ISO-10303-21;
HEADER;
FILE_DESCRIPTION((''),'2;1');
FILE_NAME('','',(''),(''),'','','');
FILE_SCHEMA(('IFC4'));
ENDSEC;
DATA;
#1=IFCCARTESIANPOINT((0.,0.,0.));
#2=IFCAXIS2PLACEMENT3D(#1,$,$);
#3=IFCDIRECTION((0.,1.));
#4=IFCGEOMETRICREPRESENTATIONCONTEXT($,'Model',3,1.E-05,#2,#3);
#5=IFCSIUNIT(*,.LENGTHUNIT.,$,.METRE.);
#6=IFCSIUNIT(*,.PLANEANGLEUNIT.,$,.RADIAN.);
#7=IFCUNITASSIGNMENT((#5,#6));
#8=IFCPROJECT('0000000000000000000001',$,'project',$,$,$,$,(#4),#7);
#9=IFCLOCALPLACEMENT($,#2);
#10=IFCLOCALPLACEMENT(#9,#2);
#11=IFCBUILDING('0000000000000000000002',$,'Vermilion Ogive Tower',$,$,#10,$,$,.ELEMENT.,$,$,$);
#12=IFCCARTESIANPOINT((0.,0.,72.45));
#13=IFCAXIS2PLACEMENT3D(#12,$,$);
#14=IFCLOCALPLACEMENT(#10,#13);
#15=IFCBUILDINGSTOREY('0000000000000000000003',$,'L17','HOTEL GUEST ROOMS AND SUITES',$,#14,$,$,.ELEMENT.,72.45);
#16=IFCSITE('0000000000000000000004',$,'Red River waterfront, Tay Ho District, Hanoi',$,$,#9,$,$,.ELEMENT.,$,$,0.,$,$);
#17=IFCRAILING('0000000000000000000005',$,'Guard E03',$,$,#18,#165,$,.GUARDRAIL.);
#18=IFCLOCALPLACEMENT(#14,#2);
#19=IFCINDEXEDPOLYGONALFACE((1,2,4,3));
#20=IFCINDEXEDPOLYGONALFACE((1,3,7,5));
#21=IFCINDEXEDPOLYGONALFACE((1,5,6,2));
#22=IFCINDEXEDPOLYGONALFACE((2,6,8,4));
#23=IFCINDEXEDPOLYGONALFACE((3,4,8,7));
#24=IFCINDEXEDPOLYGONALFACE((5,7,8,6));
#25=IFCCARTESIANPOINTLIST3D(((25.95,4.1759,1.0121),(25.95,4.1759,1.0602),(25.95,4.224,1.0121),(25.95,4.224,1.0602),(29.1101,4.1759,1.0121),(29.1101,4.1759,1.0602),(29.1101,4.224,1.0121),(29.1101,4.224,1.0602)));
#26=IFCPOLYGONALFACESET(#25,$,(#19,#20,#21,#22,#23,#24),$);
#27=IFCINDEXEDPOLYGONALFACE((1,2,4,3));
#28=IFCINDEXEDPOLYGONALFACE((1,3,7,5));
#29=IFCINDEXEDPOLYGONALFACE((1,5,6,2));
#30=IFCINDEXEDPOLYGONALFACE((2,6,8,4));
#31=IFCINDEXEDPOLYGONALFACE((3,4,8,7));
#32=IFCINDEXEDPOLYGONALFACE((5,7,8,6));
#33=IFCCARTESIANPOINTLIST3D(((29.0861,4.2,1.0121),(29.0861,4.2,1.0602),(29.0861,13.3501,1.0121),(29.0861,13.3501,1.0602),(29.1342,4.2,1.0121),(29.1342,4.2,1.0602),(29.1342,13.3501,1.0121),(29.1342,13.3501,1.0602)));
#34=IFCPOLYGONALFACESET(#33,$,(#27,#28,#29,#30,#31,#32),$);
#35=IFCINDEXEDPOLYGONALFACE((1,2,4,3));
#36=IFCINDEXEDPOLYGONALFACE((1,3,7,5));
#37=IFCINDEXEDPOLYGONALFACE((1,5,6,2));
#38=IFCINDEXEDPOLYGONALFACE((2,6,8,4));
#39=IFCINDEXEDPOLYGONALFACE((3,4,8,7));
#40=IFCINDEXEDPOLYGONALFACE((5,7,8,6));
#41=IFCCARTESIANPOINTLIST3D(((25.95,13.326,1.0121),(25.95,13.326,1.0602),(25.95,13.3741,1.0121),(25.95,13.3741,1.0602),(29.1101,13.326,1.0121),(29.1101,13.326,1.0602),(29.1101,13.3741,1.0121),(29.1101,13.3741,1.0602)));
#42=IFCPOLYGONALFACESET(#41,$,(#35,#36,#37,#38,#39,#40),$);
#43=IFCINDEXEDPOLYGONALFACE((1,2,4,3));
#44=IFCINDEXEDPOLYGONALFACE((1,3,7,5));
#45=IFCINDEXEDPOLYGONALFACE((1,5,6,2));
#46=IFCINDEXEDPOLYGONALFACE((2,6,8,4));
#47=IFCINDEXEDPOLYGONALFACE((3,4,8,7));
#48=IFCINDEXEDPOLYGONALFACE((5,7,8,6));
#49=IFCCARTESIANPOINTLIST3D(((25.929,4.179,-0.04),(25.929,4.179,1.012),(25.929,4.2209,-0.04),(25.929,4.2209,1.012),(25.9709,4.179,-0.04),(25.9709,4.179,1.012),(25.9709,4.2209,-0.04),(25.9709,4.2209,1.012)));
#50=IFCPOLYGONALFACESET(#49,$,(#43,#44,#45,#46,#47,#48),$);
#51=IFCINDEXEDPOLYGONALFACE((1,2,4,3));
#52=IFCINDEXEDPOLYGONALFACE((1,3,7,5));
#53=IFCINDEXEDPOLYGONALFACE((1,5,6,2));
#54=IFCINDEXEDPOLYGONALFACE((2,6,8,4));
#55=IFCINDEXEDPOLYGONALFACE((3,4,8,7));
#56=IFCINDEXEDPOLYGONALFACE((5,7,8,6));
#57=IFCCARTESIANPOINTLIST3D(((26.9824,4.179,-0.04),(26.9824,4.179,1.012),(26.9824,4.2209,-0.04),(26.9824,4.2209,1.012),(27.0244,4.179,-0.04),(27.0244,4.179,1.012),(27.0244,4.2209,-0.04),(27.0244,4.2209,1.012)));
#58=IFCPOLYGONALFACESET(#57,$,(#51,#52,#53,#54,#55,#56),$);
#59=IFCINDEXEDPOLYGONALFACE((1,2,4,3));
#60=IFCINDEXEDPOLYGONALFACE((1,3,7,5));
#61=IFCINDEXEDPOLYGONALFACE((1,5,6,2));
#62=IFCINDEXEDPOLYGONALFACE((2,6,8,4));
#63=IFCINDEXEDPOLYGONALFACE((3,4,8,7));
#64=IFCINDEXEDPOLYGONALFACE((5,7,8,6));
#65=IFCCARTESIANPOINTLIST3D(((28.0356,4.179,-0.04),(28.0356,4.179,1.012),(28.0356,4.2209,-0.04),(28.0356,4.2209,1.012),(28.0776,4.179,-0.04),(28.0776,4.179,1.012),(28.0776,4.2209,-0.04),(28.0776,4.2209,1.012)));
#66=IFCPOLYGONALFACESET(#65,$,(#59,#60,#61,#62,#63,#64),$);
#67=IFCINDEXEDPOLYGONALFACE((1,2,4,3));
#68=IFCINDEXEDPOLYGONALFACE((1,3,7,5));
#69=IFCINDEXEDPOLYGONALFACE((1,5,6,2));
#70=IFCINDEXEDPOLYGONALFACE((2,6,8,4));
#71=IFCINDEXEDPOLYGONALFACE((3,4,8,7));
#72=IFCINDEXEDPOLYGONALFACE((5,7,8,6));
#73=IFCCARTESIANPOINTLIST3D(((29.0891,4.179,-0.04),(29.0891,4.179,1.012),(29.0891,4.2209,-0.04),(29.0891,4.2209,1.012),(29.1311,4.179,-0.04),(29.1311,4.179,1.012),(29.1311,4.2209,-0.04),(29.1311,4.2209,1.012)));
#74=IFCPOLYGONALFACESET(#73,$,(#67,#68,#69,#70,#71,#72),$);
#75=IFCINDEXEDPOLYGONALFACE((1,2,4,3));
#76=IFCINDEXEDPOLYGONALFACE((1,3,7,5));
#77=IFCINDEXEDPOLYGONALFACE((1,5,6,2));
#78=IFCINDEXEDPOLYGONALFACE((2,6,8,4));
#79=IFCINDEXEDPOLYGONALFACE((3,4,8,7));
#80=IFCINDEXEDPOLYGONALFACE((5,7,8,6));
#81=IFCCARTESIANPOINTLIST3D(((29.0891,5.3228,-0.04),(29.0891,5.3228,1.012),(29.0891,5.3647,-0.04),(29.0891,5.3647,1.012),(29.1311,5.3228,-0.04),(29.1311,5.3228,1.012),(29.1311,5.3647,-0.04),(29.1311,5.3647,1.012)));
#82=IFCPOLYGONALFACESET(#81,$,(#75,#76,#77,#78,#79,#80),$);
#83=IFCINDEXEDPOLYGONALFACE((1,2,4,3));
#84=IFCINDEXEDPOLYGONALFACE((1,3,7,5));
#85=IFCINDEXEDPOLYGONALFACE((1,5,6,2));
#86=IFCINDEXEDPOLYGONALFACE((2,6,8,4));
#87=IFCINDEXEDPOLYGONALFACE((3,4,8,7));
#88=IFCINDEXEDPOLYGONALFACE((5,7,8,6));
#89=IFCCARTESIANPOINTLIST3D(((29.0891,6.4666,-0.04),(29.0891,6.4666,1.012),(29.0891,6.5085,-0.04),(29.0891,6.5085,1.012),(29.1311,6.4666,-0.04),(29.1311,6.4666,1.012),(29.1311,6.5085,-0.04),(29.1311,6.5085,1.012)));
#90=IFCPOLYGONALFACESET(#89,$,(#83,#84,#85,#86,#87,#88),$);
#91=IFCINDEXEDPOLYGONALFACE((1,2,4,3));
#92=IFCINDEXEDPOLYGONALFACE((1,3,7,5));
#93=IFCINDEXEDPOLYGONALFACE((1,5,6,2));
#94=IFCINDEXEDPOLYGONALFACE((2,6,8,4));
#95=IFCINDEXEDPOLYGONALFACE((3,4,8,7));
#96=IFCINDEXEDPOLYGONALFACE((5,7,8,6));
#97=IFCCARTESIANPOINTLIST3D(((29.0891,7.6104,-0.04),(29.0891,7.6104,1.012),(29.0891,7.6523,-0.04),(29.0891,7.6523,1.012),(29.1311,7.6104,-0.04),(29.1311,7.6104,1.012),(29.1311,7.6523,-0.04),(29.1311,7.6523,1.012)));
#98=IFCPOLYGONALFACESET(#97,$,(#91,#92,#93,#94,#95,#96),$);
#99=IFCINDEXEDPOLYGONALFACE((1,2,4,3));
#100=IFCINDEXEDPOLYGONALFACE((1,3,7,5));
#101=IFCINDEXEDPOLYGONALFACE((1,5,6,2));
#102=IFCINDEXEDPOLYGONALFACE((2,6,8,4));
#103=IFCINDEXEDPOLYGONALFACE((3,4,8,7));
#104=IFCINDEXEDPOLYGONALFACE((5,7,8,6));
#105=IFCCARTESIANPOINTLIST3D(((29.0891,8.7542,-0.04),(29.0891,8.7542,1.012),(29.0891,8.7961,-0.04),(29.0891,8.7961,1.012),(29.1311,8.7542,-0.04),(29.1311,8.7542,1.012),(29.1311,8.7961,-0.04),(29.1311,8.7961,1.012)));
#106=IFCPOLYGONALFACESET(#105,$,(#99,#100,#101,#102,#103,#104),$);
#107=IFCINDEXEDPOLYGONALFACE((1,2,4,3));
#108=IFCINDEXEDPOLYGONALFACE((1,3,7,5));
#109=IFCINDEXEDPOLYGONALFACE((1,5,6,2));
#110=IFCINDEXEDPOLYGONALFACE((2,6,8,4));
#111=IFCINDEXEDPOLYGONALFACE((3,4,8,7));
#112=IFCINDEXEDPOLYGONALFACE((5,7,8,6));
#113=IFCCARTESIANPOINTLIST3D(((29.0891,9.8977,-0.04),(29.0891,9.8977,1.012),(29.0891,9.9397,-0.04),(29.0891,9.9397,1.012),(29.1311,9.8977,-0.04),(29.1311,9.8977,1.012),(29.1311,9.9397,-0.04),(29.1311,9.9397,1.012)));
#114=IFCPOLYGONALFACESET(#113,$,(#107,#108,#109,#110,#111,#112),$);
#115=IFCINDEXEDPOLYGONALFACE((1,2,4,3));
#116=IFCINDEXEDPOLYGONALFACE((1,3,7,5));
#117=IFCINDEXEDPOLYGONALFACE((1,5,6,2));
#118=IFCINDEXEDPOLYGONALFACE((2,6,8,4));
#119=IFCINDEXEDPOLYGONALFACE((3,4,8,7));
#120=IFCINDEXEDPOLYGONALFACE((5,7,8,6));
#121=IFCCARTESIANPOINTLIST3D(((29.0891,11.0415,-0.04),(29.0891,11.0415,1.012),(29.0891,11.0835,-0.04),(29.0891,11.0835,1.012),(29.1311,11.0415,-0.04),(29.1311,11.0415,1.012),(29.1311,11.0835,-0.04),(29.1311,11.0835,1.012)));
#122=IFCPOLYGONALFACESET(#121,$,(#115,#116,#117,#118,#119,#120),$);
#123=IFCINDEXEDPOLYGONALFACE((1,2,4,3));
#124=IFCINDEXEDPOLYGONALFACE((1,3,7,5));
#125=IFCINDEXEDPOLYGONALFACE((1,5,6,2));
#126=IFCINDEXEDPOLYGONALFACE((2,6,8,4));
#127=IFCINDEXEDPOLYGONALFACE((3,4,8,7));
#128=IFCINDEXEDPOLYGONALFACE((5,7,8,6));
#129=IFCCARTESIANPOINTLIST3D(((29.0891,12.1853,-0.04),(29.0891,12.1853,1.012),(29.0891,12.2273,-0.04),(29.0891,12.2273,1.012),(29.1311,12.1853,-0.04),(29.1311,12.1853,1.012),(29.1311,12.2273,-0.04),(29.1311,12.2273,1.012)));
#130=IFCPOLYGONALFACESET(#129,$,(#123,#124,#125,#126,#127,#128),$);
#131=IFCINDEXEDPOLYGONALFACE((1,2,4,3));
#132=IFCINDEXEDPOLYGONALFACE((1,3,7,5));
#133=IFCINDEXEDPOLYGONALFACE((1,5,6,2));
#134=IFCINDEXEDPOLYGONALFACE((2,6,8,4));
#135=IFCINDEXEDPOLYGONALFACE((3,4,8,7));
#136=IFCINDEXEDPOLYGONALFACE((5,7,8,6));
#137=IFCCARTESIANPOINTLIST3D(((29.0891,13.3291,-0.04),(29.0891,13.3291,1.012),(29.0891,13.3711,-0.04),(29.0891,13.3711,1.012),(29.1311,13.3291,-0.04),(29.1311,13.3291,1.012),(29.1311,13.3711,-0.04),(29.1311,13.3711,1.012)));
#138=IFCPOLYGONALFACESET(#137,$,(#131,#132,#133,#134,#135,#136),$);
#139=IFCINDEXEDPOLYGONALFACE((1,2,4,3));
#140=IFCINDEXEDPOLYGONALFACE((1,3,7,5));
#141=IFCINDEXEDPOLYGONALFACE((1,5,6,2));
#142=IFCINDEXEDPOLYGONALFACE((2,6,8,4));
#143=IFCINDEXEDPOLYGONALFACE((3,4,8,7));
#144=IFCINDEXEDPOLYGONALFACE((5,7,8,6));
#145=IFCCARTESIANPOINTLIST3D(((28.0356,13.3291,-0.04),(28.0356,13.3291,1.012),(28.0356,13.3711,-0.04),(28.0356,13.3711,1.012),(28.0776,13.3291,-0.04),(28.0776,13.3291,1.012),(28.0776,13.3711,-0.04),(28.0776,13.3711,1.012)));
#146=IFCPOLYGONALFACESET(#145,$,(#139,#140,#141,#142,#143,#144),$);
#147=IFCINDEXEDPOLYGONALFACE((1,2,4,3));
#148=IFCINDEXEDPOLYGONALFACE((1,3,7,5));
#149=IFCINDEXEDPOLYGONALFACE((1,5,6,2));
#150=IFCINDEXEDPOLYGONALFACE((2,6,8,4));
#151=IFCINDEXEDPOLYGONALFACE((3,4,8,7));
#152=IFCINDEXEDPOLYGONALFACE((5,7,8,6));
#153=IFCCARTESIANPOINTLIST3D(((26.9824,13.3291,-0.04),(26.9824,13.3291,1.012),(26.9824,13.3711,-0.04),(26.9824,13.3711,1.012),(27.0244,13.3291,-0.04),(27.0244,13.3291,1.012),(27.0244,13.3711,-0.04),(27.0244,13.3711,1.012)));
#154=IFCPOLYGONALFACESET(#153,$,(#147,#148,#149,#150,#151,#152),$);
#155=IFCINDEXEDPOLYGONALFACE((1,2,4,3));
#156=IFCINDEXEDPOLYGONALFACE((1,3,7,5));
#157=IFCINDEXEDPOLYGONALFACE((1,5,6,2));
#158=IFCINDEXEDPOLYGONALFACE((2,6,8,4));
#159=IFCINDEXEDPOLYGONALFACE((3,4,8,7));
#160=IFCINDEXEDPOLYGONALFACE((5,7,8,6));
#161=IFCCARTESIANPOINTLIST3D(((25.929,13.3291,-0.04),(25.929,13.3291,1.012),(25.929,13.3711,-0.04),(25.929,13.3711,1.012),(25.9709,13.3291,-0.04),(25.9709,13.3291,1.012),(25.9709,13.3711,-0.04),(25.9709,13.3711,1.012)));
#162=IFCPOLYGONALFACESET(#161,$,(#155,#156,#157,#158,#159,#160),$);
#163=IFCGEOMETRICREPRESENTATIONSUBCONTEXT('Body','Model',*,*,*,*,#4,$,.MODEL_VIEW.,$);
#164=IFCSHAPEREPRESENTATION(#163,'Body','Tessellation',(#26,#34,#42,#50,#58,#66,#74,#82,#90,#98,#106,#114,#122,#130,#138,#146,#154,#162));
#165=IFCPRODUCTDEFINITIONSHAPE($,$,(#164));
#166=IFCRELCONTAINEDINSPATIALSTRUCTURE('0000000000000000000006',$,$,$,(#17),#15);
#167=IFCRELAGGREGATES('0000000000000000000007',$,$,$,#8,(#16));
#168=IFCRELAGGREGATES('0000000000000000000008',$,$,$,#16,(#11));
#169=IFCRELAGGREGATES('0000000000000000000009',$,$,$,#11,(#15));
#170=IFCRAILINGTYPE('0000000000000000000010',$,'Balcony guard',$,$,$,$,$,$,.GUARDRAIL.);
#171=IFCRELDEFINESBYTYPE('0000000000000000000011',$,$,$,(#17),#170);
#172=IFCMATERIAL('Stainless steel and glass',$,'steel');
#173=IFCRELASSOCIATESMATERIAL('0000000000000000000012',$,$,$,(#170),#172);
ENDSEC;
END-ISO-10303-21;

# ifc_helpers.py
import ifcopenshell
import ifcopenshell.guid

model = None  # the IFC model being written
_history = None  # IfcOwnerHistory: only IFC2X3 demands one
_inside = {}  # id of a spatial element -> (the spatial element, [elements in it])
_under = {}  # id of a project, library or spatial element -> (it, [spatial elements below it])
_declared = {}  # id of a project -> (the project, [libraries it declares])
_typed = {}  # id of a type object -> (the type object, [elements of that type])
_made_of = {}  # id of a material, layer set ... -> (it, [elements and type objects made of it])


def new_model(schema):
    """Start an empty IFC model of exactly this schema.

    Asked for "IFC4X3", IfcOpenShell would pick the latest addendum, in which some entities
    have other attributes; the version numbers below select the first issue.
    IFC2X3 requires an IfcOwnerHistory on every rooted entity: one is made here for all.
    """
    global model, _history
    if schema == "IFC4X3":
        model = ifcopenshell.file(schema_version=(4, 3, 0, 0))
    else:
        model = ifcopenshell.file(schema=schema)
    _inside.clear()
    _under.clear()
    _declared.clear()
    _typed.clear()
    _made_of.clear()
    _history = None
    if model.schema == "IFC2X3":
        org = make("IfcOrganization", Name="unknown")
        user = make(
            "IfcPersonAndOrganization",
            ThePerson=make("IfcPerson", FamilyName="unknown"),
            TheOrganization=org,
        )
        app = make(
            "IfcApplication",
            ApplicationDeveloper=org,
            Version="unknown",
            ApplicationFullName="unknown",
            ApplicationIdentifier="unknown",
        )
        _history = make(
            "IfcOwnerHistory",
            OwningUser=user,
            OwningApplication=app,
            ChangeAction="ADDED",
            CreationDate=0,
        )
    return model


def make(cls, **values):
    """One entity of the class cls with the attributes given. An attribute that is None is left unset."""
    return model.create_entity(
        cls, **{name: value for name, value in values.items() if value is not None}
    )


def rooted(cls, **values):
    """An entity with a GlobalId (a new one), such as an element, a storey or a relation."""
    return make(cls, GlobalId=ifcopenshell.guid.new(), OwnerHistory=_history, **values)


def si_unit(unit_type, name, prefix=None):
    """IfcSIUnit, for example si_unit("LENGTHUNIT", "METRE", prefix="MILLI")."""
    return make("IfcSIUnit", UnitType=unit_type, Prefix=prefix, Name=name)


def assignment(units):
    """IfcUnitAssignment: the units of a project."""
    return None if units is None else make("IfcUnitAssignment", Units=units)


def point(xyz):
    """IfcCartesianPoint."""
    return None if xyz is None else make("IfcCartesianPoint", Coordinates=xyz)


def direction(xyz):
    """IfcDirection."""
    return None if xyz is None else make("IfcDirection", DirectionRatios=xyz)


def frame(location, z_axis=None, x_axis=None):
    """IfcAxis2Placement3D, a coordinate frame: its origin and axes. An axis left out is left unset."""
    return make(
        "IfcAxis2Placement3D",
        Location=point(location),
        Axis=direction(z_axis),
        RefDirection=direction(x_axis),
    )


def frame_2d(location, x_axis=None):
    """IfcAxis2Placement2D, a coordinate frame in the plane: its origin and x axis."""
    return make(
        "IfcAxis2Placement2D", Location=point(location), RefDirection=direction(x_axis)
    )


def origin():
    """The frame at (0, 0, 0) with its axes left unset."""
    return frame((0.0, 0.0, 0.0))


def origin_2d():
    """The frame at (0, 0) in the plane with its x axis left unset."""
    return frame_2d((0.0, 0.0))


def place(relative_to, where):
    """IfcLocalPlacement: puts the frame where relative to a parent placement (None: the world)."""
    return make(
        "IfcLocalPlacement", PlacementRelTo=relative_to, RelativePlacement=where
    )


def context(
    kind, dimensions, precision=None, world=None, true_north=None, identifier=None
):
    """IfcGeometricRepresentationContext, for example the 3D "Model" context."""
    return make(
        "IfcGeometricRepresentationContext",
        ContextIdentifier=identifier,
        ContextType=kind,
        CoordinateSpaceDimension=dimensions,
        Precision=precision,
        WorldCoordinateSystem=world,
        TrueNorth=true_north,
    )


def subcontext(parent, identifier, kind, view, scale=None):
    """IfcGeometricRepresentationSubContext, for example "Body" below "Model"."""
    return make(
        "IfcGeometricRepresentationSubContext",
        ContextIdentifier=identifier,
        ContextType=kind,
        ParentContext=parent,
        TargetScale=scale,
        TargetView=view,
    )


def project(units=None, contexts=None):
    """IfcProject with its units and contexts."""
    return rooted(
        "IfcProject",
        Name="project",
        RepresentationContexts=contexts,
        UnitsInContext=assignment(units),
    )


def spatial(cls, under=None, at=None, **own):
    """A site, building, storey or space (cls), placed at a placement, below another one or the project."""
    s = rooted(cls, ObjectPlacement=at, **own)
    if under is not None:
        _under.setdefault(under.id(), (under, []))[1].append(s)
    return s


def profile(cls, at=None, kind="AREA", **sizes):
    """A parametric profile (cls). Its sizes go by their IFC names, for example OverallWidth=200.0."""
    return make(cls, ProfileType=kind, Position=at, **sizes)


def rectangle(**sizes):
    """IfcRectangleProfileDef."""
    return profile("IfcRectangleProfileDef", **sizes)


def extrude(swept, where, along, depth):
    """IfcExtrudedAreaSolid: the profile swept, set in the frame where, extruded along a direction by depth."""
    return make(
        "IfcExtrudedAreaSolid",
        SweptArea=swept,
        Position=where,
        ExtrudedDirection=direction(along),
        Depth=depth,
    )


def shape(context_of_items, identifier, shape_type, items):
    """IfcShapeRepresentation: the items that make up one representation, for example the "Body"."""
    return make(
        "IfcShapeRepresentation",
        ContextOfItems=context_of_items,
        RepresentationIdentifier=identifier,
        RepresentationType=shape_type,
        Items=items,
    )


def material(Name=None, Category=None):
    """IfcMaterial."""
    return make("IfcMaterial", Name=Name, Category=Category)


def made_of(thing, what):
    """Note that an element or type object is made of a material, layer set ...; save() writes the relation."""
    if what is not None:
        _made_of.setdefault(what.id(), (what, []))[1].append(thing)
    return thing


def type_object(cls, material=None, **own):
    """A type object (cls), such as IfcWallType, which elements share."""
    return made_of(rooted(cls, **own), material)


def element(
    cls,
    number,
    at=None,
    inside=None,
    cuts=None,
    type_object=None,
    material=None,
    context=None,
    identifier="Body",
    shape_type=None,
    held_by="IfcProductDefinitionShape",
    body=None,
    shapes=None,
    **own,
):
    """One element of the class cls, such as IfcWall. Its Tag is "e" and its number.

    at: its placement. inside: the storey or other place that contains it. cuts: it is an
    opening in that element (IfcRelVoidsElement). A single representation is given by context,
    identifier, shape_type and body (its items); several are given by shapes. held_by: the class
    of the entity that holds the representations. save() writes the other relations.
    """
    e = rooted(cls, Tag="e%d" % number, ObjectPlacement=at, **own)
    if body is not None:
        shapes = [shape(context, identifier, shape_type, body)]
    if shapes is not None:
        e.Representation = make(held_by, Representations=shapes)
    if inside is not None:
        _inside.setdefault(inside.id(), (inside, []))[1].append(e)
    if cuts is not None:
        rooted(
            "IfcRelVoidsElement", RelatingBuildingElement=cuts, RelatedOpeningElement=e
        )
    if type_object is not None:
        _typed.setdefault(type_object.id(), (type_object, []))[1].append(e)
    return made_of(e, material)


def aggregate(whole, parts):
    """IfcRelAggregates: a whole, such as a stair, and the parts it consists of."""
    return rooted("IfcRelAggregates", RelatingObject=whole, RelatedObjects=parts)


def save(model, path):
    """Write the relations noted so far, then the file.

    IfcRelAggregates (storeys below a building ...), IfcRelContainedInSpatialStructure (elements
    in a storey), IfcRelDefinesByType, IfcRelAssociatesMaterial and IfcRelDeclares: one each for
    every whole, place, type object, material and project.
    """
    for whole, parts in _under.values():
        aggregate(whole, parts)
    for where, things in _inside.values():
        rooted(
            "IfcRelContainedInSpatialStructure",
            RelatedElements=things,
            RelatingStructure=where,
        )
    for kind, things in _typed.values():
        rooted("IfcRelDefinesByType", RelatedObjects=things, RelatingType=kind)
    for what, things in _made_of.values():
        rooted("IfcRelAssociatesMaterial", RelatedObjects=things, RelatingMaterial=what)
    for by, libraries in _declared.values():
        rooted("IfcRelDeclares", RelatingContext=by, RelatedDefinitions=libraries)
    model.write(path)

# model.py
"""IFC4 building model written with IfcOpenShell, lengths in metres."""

from ifc_helpers import new_model, si_unit, direction, frame, origin, origin_2d, place, context, subcontext, project, spatial, rectangle, extrude, material, type_object, element, save


model = new_model("IFC4")

# Units and contexts
model_context = context("Model", 3, precision=1e-05, world=origin(), true_north=direction((0.0, 1.0)))
body_context = subcontext(model_context, "Body", "Model", "MODEL_VIEW")
ifc_project = project(units=[si_unit("LENGTHUNIT", "METRE"), si_unit("PLANEANGLEUNIT", "RADIAN")], contexts=[model_context])

# Site, building, storey
site_placement = place(None, origin())
site = spatial("IfcSite", under=ifc_project, at=site_placement, Name="Red River waterfront, Tay Ho District, Hanoi", CompositionType="ELEMENT", RefElevation=0.0)
building_placement = place(site_placement, origin())
building = spatial("IfcBuilding", under=site, at=building_placement, Name="Vermilion Ogive Tower", CompositionType="ELEMENT")
storey_placement = place(building_placement, frame((0.0, 0.0, 72.45)))
storey = spatial("IfcBuildingStorey", under=building, at=storey_placement, Name="L17", Description="HOTEL GUEST ROOMS AND SUITES", CompositionType="ELEMENT", Elevation=72.45)

# Railing
ifc_material_1 = material(Name="Stainless steel and glass", Category="steel")
railing_type_1 = type_object("IfcRailingType", Name="Balcony guard", PredefinedType="GUARDRAIL", material=ifc_material_1)
railing_1_placement = place(storey_placement, frame((25.95, 4.2, -0.04)))
element("IfcRailing", 1, at=railing_1_placement, inside=storey, type_object=railing_type_1, Name="Guard E03", PredefinedType="GUARDRAIL", context=body_context, shape_type="SweptSolid", body=[
    extrude(rectangle(XDim=0.0481, YDim=0.0481, at=origin_2d()), frame((0.0, 0.0, 1.0762), z_axis=(1.0, 0.0, 0.0), x_axis=(0.0, 1.0, 0.0)), (0.0, 0.0, 1.0), 3.1602),
    extrude(rectangle(XDim=0.0481, YDim=0.0481, at=origin_2d()), frame((3.1602, 0.0, 1.0762), z_axis=(0.0, 1.0, 0.0), x_axis=(-1.0, 0.0, 0.0)), (0.0, 0.0, 1.0), 9.1501),
    extrude(rectangle(XDim=0.0481, YDim=0.0481, at=origin_2d()), frame((3.1602, 9.1501, 1.0762), z_axis=(-1.0, 0.0, 0.0), x_axis=(0.0, -1.0, 0.0)), (0.0, 0.0, 1.0), 3.1602),
    extrude(rectangle(XDim=0.042, YDim=0.042, at=origin_2d()), origin(), (0.0, 0.0, 1.0), 1.052),
    extrude(rectangle(XDim=0.042, YDim=0.042, at=origin_2d()), frame((1.0535, 0.0, 0.0)), (0.0, 0.0, 1.0), 1.052),
    extrude(rectangle(XDim=0.042, YDim=0.042, at=origin_2d()), frame((2.1067, 0.0, 0.0)), (0.0, 0.0, 1.0), 1.052),
    extrude(rectangle(XDim=0.042, YDim=0.042, at=origin_2d()), frame((3.1602, 0.0, 0.0)), (0.0, 0.0, 1.0), 1.052),
    extrude(rectangle(XDim=0.042, YDim=0.042, at=origin_2d()), frame((3.1602, 1.1438, 0.0)), (0.0, 0.0, 1.0), 1.052),
    extrude(rectangle(XDim=0.042, YDim=0.042, at=origin_2d()), frame((3.1602, 2.2876, 0.0)), (0.0, 0.0, 1.0), 1.052),
    extrude(rectangle(XDim=0.042, YDim=0.042, at=origin_2d()), frame((3.1602, 3.4314, 0.0)), (0.0, 0.0, 1.0), 1.052),
    extrude(rectangle(XDim=0.042, YDim=0.042, at=origin_2d()), frame((3.1602, 4.5752, 0.0)), (0.0, 0.0, 1.0), 1.052),
    extrude(rectangle(XDim=0.042, YDim=0.042, at=origin_2d()), frame((3.1602, 5.7188, 0.0)), (0.0, 0.0, 1.0), 1.052),
    extrude(rectangle(XDim=0.042, YDim=0.042, at=origin_2d()), frame((3.1602, 6.8625, 0.0)), (0.0, 0.0, 1.0), 1.052),
    extrude(rectangle(XDim=0.042, YDim=0.042, at=origin_2d()), frame((3.1602, 8.0063, 0.0)), (0.0, 0.0, 1.0), 1.052),
    extrude(rectangle(XDim=0.042, YDim=0.042, at=origin_2d()), frame((3.1602, 9.1501, 0.0)), (0.0, 0.0, 1.0), 1.052),
    extrude(rectangle(XDim=0.042, YDim=0.042, at=origin_2d()), frame((2.1067, 9.1501, 0.0)), (0.0, 0.0, 1.0), 1.052),
    extrude(rectangle(XDim=0.042, YDim=0.042, at=origin_2d()), frame((1.0535, 9.1501, 0.0)), (0.0, 0.0, 1.0), 1.052),
    extrude(rectangle(XDim=0.042, YDim=0.042, at=origin_2d()), frame((0.0, 9.1501, 0.0)), (0.0, 0.0, 1.0), 1.052),
])

save(model, "model.ifc")
